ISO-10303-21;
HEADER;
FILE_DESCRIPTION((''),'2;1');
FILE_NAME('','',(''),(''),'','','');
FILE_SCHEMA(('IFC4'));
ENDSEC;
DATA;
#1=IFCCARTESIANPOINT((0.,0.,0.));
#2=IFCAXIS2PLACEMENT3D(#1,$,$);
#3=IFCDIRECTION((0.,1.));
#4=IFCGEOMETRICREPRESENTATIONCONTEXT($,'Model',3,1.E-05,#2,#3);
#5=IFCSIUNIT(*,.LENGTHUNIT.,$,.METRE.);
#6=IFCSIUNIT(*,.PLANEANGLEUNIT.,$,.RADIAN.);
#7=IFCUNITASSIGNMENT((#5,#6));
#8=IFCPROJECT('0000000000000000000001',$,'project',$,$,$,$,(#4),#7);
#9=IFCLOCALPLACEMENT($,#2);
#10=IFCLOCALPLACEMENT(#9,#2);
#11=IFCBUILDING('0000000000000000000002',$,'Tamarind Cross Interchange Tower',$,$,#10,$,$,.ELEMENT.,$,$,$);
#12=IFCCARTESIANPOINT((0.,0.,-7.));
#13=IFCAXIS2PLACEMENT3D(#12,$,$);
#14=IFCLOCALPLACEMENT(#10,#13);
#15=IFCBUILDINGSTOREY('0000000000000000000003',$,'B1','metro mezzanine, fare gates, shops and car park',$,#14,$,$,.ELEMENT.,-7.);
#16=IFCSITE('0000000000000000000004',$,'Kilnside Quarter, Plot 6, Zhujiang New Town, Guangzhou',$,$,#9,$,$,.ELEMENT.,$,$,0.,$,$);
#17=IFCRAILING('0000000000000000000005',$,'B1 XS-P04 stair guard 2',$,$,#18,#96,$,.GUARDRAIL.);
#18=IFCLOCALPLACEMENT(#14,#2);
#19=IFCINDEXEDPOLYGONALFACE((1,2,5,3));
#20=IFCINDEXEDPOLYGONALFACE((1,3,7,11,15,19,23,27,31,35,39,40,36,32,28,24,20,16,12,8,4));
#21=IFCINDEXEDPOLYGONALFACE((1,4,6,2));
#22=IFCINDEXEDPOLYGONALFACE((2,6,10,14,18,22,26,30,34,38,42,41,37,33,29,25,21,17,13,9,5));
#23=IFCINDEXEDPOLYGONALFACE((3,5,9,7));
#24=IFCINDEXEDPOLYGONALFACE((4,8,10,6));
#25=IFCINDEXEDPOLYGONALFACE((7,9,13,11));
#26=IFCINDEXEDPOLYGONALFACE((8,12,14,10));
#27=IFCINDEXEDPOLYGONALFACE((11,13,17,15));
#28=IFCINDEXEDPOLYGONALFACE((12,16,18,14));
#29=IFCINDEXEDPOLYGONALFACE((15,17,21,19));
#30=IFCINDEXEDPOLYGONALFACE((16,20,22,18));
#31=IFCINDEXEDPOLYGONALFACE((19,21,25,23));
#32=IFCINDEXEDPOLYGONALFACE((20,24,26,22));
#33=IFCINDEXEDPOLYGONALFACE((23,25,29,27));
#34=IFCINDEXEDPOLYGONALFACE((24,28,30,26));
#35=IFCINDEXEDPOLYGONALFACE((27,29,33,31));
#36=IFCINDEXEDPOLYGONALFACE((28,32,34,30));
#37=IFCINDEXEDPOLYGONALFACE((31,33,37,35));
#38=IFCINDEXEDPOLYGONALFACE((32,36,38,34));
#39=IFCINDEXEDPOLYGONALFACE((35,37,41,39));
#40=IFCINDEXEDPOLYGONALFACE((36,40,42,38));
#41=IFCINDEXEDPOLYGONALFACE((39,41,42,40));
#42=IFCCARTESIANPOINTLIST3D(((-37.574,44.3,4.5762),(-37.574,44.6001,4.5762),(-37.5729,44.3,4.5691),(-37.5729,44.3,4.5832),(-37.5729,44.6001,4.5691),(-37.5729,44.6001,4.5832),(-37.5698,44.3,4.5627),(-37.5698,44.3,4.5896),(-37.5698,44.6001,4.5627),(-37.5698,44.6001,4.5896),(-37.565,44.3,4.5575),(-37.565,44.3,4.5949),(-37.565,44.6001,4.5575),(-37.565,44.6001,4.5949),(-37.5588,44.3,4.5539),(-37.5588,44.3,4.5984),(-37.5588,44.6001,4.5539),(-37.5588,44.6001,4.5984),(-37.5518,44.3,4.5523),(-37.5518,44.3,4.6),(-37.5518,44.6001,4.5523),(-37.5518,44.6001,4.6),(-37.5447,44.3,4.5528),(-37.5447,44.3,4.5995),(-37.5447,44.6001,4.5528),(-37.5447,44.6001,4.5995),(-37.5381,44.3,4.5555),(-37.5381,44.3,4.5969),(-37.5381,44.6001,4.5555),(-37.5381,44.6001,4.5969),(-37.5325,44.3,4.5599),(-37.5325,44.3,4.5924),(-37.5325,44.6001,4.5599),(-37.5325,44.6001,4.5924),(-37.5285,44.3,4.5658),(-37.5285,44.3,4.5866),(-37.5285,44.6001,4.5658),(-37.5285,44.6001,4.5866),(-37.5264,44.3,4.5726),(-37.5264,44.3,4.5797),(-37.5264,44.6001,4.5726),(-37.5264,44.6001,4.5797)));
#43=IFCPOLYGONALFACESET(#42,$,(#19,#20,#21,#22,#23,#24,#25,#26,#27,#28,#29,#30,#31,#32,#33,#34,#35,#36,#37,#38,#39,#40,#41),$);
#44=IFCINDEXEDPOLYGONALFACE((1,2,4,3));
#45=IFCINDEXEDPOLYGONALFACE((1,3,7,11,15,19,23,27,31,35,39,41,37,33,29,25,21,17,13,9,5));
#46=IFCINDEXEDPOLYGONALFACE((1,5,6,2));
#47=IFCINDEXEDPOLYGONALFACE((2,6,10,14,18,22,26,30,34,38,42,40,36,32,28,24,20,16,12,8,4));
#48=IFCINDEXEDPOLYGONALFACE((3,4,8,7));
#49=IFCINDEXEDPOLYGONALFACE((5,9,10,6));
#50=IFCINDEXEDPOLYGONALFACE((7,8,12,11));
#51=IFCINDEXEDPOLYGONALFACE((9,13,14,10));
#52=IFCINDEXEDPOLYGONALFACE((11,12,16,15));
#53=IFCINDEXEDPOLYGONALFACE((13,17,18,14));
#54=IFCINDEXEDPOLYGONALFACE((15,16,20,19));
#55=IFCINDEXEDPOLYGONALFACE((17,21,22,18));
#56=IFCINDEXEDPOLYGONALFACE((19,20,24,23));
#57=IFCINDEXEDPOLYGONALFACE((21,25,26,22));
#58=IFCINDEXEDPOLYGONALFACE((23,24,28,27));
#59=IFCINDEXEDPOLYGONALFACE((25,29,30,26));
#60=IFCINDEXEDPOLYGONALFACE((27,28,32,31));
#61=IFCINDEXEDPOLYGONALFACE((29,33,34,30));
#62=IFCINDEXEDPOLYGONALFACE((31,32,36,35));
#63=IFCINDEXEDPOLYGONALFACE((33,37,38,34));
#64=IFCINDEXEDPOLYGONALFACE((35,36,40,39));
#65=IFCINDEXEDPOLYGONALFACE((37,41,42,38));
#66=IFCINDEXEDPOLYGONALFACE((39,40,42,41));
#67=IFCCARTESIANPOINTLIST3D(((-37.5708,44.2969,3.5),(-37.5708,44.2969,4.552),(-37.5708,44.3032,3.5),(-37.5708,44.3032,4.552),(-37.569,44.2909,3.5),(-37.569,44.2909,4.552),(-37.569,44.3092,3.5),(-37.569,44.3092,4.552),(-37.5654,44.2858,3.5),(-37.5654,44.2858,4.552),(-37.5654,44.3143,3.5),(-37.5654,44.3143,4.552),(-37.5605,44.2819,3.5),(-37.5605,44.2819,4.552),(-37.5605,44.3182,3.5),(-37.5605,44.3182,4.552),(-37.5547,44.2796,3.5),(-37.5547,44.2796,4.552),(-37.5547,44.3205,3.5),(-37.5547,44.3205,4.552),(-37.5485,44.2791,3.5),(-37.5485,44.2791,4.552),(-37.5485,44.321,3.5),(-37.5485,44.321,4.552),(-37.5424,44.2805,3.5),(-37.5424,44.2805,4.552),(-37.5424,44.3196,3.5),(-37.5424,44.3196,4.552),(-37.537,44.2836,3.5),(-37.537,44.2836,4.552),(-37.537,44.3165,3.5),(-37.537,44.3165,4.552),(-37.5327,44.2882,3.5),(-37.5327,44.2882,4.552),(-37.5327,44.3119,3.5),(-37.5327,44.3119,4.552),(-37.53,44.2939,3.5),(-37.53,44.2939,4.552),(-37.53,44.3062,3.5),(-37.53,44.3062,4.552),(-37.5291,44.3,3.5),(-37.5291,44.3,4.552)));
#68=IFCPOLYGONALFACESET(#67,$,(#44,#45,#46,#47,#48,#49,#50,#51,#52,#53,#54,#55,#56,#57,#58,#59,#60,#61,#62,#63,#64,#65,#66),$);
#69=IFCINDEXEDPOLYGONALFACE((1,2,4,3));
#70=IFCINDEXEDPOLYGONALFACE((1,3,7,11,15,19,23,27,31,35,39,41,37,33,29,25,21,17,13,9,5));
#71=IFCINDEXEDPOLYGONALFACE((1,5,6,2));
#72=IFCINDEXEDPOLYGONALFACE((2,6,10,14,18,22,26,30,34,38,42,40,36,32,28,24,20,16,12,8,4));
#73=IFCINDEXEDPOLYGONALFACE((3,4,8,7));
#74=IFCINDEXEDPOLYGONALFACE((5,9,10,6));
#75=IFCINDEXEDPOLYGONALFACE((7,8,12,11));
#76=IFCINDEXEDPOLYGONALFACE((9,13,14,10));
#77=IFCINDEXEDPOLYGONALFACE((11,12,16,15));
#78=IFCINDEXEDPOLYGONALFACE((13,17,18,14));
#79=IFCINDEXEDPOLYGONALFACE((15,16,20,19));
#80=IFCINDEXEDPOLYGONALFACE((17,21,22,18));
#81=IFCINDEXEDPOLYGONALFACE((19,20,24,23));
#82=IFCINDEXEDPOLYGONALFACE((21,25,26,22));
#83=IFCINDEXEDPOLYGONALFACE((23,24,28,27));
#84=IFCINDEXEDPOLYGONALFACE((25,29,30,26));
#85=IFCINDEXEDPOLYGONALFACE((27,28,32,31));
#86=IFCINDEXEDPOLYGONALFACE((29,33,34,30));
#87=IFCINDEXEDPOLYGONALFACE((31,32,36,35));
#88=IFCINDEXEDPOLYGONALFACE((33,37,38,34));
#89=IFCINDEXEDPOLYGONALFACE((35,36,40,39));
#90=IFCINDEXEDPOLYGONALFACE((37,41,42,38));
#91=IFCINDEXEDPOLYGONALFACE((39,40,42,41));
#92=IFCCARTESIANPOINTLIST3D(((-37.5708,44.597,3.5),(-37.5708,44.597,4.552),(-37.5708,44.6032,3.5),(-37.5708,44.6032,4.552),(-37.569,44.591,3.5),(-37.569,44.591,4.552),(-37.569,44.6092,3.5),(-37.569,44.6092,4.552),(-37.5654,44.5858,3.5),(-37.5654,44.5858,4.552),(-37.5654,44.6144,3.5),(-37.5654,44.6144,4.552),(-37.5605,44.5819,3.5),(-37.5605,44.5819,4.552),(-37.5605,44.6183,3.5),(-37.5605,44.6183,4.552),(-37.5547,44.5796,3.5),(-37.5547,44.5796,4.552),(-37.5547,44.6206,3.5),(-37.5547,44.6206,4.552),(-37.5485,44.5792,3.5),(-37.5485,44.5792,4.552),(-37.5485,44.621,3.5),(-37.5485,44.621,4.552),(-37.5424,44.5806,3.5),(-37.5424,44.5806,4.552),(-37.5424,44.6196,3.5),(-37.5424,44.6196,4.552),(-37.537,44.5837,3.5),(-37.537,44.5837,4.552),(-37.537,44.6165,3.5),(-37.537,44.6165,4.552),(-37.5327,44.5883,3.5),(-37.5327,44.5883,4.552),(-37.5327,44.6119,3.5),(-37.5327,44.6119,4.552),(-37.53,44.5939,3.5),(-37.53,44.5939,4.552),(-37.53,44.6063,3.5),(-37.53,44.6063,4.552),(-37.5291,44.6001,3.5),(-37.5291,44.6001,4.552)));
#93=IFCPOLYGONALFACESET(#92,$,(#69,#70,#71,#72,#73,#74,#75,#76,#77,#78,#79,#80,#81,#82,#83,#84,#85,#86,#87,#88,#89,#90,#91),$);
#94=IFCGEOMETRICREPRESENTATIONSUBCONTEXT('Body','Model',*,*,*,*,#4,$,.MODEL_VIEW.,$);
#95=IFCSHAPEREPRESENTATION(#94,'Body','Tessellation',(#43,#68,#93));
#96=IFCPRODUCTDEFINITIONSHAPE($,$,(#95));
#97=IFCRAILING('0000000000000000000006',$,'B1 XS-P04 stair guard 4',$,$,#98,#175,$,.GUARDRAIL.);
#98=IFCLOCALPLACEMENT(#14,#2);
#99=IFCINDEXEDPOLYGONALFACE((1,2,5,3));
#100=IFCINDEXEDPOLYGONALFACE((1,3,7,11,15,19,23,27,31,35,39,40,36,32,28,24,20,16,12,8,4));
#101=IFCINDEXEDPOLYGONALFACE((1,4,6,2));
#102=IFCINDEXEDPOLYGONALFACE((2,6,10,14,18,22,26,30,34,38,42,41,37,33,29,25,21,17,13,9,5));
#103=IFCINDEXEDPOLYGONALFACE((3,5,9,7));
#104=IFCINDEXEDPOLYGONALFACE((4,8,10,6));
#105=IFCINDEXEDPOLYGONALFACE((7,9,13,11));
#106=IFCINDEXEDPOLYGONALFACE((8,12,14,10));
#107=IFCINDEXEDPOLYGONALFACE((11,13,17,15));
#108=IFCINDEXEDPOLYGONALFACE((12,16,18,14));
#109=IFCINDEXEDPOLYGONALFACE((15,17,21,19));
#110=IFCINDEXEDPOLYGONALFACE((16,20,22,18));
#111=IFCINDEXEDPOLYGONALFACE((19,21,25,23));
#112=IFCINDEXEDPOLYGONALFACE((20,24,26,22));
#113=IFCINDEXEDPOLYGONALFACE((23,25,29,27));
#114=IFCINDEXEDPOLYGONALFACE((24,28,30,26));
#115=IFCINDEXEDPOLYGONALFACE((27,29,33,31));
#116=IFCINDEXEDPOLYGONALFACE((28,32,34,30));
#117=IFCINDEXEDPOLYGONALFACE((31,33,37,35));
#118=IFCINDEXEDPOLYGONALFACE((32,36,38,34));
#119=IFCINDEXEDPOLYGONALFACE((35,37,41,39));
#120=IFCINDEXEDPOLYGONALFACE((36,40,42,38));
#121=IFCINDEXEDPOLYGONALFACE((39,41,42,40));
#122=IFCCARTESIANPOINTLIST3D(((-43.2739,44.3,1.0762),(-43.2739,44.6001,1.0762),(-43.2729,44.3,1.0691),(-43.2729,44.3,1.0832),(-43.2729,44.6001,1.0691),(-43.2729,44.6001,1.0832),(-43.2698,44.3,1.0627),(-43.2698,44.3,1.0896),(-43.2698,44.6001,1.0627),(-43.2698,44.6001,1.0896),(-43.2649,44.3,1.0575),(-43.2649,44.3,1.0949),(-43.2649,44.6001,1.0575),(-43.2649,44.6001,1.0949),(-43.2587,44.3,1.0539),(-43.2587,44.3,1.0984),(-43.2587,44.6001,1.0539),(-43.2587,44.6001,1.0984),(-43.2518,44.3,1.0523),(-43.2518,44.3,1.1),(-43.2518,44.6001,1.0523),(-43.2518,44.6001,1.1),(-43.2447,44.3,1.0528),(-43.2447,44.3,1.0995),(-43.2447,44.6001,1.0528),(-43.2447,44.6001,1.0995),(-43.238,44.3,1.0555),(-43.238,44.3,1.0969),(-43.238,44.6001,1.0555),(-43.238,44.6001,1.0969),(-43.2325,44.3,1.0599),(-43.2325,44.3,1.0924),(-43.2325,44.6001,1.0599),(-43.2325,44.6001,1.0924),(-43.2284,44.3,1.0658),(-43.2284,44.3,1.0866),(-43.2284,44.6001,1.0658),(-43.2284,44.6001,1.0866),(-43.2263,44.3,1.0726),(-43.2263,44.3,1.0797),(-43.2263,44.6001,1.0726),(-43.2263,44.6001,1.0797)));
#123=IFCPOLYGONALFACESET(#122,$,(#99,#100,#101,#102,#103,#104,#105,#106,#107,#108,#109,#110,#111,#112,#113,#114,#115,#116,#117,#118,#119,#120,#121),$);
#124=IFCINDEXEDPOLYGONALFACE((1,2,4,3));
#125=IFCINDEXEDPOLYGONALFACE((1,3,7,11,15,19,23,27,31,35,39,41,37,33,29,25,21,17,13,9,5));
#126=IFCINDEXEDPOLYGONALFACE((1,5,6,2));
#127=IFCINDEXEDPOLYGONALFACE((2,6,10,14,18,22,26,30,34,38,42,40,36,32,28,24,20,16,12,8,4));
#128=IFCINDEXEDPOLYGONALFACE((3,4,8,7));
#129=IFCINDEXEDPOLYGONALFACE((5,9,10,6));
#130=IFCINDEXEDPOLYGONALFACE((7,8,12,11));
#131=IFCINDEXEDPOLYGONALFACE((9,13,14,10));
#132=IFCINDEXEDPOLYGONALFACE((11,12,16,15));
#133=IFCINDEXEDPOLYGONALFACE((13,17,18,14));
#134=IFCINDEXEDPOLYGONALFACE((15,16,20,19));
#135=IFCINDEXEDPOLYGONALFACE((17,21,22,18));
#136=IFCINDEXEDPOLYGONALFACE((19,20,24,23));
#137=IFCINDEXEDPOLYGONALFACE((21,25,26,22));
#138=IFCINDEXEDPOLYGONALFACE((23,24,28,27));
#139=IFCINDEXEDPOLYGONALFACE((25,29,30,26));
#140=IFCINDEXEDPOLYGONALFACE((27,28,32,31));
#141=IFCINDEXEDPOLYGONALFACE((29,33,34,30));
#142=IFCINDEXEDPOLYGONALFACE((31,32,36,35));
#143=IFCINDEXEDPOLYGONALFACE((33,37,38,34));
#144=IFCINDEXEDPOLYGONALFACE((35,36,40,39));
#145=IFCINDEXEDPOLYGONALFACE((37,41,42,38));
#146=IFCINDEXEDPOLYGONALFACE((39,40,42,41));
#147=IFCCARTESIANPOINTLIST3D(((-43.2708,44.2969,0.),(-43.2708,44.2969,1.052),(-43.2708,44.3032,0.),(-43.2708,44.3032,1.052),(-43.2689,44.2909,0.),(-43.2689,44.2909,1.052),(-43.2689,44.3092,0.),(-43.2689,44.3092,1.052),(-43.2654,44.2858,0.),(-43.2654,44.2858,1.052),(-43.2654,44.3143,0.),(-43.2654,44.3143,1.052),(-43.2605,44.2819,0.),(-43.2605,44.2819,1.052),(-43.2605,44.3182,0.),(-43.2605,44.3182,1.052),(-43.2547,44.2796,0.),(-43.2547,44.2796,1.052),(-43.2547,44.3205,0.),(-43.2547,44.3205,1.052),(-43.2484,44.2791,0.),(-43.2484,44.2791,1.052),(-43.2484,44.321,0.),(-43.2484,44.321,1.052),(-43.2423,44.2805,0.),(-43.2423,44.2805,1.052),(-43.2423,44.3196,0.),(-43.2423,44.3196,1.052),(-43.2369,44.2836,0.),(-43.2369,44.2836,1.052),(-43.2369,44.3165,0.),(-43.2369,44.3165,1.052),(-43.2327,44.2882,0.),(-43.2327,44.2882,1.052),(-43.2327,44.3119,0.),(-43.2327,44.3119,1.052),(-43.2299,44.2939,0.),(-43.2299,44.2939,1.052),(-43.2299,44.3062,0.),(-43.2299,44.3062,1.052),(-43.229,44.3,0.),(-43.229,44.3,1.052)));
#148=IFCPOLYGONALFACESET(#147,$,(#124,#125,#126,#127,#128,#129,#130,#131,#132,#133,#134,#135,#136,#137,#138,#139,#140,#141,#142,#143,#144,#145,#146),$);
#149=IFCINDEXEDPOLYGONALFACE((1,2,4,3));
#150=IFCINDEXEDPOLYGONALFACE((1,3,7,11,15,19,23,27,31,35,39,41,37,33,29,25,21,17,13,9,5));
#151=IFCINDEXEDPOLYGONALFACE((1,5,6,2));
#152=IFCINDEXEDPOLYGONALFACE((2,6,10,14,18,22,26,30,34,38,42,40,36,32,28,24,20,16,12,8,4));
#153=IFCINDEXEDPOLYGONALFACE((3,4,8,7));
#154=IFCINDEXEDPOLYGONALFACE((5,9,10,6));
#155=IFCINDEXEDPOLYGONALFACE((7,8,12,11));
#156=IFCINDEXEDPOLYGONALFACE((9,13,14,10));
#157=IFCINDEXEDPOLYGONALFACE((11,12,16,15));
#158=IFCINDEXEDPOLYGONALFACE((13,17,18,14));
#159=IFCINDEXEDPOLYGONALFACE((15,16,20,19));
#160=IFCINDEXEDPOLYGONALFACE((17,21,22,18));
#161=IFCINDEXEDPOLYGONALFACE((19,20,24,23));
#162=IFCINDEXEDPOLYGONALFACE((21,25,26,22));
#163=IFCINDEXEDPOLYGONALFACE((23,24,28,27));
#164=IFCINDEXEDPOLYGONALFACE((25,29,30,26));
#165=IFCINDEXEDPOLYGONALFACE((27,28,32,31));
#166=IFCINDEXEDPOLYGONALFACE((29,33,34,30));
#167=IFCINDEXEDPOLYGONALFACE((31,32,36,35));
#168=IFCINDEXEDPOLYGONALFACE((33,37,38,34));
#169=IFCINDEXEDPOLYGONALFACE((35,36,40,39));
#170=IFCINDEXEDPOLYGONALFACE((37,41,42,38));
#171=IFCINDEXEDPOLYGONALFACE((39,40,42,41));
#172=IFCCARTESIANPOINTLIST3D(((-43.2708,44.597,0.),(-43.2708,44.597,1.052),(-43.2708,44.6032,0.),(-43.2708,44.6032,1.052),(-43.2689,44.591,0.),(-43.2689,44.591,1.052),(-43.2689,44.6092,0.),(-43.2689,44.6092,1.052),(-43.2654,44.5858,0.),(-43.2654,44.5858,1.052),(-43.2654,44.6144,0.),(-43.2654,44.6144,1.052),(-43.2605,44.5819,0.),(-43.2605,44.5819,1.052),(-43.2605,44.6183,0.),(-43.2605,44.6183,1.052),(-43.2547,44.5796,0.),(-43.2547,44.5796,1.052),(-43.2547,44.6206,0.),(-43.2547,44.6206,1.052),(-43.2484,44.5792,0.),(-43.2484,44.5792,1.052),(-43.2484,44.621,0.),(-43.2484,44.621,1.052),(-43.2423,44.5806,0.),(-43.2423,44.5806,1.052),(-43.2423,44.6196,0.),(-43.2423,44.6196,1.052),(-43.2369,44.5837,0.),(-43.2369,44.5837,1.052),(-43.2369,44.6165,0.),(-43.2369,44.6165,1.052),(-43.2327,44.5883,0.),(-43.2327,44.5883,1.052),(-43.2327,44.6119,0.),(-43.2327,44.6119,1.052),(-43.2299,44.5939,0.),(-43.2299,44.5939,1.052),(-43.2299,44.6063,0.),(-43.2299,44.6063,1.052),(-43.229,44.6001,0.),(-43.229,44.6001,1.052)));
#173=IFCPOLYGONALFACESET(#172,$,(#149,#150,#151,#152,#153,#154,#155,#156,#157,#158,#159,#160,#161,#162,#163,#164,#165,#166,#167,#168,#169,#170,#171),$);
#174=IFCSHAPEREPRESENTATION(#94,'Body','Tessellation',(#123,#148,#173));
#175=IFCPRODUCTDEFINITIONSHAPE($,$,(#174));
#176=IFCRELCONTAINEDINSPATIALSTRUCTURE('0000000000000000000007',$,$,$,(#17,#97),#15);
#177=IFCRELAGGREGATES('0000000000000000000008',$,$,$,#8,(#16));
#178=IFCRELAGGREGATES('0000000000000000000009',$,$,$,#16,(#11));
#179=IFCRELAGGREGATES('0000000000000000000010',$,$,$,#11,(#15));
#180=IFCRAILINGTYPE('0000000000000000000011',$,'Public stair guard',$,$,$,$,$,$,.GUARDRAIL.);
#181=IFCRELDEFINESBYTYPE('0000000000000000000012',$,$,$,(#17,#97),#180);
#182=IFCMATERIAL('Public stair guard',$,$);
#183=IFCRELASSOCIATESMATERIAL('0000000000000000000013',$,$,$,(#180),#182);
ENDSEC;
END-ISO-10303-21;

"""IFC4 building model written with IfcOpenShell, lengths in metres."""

from ifc_helpers import new_model, si_unit, direction, frame, origin, origin_2d, place, context, subcontext, project, spatial, circle, extrude, material, type_object, element, save


model = new_model("IFC4")

# Units and contexts
model_context = context("Model", 3, precision=1e-05, world=origin(), true_north=direction((0.0, 1.0)))
body_context = subcontext(model_context, "Body", "Model", "MODEL_VIEW")
ifc_project = project(units=[si_unit("LENGTHUNIT", "METRE"), si_unit("PLANEANGLEUNIT", "RADIAN")], contexts=[model_context])

# Site, building, storey
site_placement = place(None, origin())
site = spatial("IfcSite", under=ifc_project, at=site_placement, Name="Kilnside Quarter, Plot 6, Zhujiang New Town, Guangzhou", CompositionType="ELEMENT", RefElevation=0.0)
building_placement = place(site_placement, origin())
building = spatial("IfcBuilding", under=site, at=building_placement, Name="Tamarind Cross Interchange Tower", CompositionType="ELEMENT")
storey_placement = place(building_placement, frame((0.0, 0.0, -7.0)))
storey = spatial("IfcBuildingStorey", under=building, at=storey_placement, Name="B1", Description="metro mezzanine, fare gates, shops and car park", CompositionType="ELEMENT", Elevation=-7.0)

# Railings
ifc_material_1 = material(Name="Public stair guard")
railing_type_1 = type_object("IfcRailingType", Name="Public stair guard", PredefinedType="GUARDRAIL", material=ifc_material_1)
for number, where, name in (
    (1, (-37.55, 44.3, 3.5), "B1 XS-P04 stair guard 2"),
    (2, (-43.25, 44.3, 0.0), "B1 XS-P04 stair guard 4"),
):
    element("IfcRailing", number, at=place(storey_placement, frame(where)), inside=storey, type_object=railing_type_1, Name=name, PredefinedType="GUARDRAIL", context=body_context, shape_type="SweptSolid", body=[
        extrude(circle(Radius=0.0239, at=origin_2d()), frame((0.0, 0.0, 1.0762), z_axis=(0.0, 1.0, 0.0), x_axis=(-1.0, 0.0, 0.0)), (0.0, 0.0, 1.0), 0.3),
        extrude(circle(Radius=0.021, at=origin_2d()), origin(), (0.0, 0.0, 1.0), 1.052),
        extrude(circle(Radius=0.021, at=origin_2d()), frame((0.0, 0.3, 0.0)), (0.0, 0.0, 1.0), 1.052),
    ])

save(model, "model.ifc")
